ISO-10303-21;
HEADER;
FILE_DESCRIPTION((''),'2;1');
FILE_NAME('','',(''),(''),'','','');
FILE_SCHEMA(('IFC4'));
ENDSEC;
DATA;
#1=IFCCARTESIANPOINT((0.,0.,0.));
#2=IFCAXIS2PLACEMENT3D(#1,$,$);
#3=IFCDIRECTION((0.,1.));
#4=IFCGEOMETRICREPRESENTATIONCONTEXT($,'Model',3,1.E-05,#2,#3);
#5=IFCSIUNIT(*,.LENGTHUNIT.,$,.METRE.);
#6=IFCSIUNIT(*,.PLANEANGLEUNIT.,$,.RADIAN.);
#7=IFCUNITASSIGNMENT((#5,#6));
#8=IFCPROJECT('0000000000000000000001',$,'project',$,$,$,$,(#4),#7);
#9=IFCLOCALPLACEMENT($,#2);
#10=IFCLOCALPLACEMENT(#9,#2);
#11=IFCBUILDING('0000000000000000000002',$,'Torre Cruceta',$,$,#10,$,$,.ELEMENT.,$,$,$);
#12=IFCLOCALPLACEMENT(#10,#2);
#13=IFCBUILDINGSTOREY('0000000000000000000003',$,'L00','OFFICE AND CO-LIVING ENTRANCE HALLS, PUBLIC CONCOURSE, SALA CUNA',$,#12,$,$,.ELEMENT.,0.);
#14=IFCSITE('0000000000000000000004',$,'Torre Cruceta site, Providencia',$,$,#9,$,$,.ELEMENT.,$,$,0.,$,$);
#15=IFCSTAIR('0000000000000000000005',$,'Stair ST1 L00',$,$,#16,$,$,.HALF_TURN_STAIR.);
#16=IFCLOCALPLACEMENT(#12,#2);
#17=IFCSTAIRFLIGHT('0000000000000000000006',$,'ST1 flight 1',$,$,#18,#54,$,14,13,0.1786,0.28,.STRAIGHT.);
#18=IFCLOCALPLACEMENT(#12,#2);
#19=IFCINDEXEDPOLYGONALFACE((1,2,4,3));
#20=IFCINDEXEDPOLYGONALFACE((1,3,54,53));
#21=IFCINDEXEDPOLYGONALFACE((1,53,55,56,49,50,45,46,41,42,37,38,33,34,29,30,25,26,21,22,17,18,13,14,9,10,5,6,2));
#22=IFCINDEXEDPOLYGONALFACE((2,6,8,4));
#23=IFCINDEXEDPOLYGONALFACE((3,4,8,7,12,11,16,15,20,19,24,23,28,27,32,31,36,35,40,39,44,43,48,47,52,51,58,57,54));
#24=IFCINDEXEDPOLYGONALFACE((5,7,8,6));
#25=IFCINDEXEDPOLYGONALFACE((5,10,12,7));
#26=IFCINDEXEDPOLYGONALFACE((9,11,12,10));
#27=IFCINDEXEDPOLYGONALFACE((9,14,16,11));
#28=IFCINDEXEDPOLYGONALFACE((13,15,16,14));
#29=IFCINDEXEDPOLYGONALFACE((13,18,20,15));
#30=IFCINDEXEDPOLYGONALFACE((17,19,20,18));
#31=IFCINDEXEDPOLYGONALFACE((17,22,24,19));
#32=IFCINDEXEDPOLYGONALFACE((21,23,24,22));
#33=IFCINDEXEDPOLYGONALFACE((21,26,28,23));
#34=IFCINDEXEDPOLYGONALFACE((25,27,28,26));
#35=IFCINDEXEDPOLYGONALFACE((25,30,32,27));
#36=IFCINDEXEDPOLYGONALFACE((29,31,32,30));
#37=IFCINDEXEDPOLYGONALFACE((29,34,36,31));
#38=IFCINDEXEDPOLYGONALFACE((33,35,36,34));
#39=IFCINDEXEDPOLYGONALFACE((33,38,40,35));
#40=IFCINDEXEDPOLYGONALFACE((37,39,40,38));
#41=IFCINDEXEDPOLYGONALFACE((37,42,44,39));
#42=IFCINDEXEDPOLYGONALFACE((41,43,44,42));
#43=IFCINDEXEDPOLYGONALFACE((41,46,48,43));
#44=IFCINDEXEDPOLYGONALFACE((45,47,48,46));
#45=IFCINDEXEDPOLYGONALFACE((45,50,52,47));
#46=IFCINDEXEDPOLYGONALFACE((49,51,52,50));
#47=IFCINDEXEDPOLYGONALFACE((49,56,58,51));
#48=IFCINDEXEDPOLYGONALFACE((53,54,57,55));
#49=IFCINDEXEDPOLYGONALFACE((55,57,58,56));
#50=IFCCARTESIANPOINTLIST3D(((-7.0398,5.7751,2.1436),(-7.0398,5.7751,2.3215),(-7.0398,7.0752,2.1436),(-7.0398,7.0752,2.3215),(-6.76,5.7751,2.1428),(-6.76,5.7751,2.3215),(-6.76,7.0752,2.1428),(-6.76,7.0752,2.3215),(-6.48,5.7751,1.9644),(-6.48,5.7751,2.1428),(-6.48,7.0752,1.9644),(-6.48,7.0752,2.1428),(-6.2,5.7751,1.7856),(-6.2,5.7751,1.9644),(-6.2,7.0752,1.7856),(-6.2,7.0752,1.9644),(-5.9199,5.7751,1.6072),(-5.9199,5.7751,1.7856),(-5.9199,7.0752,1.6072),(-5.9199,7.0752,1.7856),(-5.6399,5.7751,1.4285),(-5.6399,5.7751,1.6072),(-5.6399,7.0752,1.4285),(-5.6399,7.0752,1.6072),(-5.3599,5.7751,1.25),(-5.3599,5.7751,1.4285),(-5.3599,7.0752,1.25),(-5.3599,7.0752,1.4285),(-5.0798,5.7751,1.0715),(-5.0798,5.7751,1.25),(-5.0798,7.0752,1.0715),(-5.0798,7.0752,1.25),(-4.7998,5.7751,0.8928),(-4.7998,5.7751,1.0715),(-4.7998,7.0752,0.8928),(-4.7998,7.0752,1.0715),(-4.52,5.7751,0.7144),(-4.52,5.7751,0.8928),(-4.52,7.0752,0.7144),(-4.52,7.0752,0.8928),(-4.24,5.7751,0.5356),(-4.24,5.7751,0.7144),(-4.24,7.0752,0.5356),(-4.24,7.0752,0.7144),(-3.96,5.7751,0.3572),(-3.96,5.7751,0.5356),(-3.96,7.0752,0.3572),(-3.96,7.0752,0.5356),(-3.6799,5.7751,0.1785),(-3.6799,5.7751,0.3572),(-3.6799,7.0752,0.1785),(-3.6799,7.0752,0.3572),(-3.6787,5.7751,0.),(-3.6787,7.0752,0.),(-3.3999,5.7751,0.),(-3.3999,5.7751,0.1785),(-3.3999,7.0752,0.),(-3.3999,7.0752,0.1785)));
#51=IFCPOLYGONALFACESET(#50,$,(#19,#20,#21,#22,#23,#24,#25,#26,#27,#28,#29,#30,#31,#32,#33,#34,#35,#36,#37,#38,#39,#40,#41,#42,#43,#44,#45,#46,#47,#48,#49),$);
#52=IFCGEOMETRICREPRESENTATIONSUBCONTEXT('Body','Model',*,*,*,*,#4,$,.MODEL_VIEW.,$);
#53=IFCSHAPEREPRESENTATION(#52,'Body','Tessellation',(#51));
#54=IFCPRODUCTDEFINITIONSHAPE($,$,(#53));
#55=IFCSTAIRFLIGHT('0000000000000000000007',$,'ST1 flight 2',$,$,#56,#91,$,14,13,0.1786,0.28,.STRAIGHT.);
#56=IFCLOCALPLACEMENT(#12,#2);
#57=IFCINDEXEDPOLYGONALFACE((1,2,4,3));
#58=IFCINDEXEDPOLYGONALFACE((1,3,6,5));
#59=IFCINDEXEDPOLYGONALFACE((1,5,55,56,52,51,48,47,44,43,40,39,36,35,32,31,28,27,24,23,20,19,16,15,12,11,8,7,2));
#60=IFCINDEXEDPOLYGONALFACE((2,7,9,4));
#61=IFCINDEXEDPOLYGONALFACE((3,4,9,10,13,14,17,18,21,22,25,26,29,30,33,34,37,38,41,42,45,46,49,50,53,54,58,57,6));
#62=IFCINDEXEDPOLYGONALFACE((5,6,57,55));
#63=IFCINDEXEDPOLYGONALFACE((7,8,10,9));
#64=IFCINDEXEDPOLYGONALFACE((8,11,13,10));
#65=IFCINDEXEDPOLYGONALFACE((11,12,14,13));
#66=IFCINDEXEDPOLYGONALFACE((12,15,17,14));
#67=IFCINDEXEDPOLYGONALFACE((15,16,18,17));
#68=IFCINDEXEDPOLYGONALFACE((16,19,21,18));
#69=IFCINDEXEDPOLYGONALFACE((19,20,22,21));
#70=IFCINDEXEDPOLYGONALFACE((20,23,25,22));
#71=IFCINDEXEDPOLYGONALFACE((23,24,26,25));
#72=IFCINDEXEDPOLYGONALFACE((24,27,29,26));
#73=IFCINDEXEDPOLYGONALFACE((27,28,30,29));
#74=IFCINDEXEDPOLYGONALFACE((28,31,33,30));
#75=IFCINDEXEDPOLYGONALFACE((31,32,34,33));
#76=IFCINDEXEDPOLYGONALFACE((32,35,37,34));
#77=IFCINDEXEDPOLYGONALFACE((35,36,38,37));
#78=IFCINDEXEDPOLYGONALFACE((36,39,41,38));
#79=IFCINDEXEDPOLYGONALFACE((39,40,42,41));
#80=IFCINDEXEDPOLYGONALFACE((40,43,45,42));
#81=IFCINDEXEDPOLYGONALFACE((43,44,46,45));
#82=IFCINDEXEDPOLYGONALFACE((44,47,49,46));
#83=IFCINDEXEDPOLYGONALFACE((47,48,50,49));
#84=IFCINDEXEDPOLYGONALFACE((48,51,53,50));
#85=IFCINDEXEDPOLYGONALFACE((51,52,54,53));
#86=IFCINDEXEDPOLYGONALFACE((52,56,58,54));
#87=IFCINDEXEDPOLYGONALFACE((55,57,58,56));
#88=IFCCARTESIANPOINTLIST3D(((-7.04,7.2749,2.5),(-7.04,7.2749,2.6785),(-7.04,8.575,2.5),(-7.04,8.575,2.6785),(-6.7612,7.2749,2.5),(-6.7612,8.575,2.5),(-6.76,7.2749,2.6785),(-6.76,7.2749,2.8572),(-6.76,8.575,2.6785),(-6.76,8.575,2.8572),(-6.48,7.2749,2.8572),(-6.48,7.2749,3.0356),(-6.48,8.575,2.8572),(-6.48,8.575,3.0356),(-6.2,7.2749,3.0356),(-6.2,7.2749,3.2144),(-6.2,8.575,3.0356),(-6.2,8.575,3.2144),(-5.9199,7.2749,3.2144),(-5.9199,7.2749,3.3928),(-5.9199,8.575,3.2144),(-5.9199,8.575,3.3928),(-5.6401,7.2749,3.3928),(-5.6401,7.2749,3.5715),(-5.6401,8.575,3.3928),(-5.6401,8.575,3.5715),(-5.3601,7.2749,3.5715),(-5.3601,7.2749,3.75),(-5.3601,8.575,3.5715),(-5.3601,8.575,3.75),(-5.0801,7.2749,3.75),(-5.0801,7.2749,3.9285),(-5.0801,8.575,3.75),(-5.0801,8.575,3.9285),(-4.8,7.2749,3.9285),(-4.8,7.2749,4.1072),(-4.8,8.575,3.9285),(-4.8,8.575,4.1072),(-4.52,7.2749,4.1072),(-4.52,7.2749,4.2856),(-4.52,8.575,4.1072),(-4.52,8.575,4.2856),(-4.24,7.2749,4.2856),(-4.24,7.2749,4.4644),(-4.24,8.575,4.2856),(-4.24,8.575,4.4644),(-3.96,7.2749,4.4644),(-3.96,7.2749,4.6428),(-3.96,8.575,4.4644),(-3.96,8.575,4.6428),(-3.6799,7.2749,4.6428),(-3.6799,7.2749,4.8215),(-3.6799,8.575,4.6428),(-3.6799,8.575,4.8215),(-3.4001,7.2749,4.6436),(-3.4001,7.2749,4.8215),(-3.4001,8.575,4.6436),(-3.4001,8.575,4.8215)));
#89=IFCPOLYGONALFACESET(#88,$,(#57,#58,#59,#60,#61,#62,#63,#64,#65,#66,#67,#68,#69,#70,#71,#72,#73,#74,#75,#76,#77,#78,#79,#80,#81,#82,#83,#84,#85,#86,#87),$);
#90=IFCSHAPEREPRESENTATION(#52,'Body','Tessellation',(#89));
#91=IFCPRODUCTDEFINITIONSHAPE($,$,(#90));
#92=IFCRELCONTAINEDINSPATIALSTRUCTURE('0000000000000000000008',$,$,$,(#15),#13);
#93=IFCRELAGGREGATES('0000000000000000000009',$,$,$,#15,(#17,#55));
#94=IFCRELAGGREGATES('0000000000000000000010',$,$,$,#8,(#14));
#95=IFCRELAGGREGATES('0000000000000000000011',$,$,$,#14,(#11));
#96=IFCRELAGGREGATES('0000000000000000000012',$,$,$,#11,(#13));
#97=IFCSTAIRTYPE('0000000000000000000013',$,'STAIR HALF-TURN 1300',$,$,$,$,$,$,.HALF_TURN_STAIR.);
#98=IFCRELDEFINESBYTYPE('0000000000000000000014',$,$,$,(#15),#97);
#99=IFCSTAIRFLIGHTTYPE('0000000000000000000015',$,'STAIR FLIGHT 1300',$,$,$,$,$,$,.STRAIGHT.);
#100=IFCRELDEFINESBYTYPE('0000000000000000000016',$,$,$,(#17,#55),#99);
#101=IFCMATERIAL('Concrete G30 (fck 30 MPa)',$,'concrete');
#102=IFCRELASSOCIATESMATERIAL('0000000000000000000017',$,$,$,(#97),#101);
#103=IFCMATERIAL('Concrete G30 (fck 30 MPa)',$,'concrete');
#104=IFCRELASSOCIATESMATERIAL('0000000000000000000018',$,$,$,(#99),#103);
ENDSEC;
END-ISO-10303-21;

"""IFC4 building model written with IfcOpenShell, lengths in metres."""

from ifc_helpers import new_model, si_unit, direction, frame, origin, place, context, subcontext, project, spatial, polyline, outline, extrude, material, type_object, element, aggregate, save


model = new_model("IFC4")

# Units and contexts
model_context = context("Model", 3, precision=1e-05, world=origin(), true_north=direction((0.0, 1.0)))
body_context = subcontext(model_context, "Body", "Model", "MODEL_VIEW")
ifc_project = project(units=[si_unit("LENGTHUNIT", "METRE"), si_unit("PLANEANGLEUNIT", "RADIAN")], contexts=[model_context])

# Site, building, storey
site_placement = place(None, origin())
site = spatial("IfcSite", under=ifc_project, at=site_placement, Name="Torre Cruceta site, Providencia", CompositionType="ELEMENT", RefElevation=0.0)
building_placement = place(site_placement, origin())
building = spatial("IfcBuilding", under=site, at=building_placement, Name="Torre Cruceta", CompositionType="ELEMENT")
storey_placement = place(building_placement, origin())
storey = spatial("IfcBuildingStorey", under=building, at=storey_placement, Name="L00", Description="OFFICE AND CO-LIVING ENTRANCE HALLS, PUBLIC CONCOURSE, SALA CUNA", CompositionType="ELEMENT", Elevation=0.0)

# Stair, stair flights
ifc_material_1 = material(Name="Concrete G30 (fck 30 MPa)", Category="concrete")
stair_type = type_object("IfcStairType", Name="STAIR HALF-TURN 1300", PredefinedType="HALF_TURN_STAIR", material=ifc_material_1)
stair_placement = place(storey_placement, origin())
stair = element("IfcStair", 1, at=stair_placement, inside=storey, type_object=stair_type, Name="Stair ST1 L00", PredefinedType="HALF_TURN_STAIR")
ifc_material_2 = material(Name="Concrete G30 (fck 30 MPa)", Category="concrete")
stair_flight_type = type_object("IfcStairFlightType", Name="STAIR FLIGHT 1300", PredefinedType="STRAIGHT", material=ifc_material_2)
stair_flight_1_placement = place(storey_placement, frame((-3.3999, 6.425, 0.0), z_axis=(0.0, 0.0, 1.0), x_axis=(-1.0, 0.0, 0.0)))
stair_flight_1 = element("IfcStairFlight", 2, at=stair_flight_1_placement, type_object=stair_flight_type, Name="ST1 flight 1", NumberOfRisers=14, NumberOfTreads=13, PredefinedType="STRAIGHT", RiserHeight=0.1786, TreadLength=0.28, context=body_context, shape_type="SweptSolid", body=[
    extrude(outline(polyline([(0.0, 0.0), (0.0, 0.1785), (0.28, 0.1785), (0.28, 0.3572), (0.5601, 0.3572), (0.5601, 0.5356), (0.8401, 0.5356), (0.8401, 0.7144), (1.1201, 0.7144), (1.1201, 0.8928), (1.3999, 0.8928), (1.3999, 1.0715), (1.6799, 1.0715), (1.6799, 1.25), (1.96, 1.25), (1.96, 1.4285), (2.24, 1.4285), (2.24, 1.6072), (2.52, 1.6072), (2.52, 1.7856), (2.8, 1.7856), (2.8, 1.9644), (3.0801, 1.9644), (3.0801, 2.1428), (3.3601, 2.1428), (3.3601, 2.3215), (3.6399, 2.3215), (3.6399, 2.5), (3.6399, 2.1436), (0.2788, 0.0), (0.0, 0.0)])), frame((0.0, 0.6499, 0.0), z_axis=(0.0, -1.0, 0.0), x_axis=(1.0, 0.0, 0.0)), (0.0, 0.0, 1.0), 1.3),
])
stair_flight_2_placement = place(storey_placement, frame((-7.04, 7.925, 2.5), z_axis=(0.0, 0.0, 1.0), x_axis=(1.0, 0.0, 0.0)))
stair_flight_2 = element("IfcStairFlight", 3, at=stair_flight_2_placement, type_object=stair_flight_type, Name="ST1 flight 2", NumberOfRisers=14, NumberOfTreads=13, PredefinedType="STRAIGHT", RiserHeight=0.1786, TreadLength=0.28, context=body_context, shape_type="SweptSolid", body=[
    extrude(outline(polyline([(0.0, 0.0), (0.0, 0.1785), (0.28, 0.1785), (0.28, 0.3572), (0.5601, 0.3572), (0.5601, 0.5356), (0.8401, 0.5356), (0.8401, 0.7144), (1.1201, 0.7144), (1.1201, 0.8928), (1.3999, 0.8928), (1.3999, 1.0715), (1.6799, 1.0715), (1.6799, 1.25), (1.96, 1.25), (1.96, 1.4285), (2.24, 1.4285), (2.24, 1.6072), (2.52, 1.6072), (2.52, 1.7856), (2.8, 1.7856), (2.8, 1.9644), (3.0801, 1.9644), (3.0801, 2.1428), (3.3601, 2.1428), (3.3601, 2.3215), (3.6399, 2.3215), (3.6399, 2.5), (3.6399, 2.1436), (0.2788, 0.0), (0.0, 0.0)])), frame((0.0, 0.6499, 0.0), z_axis=(0.0, -1.0, 0.0), x_axis=(1.0, 0.0, 0.0)), (0.0, 0.0, 1.0), 1.3),
])
aggregate(stair, [stair_flight_1, stair_flight_2])

save(model, "model.ifc")
